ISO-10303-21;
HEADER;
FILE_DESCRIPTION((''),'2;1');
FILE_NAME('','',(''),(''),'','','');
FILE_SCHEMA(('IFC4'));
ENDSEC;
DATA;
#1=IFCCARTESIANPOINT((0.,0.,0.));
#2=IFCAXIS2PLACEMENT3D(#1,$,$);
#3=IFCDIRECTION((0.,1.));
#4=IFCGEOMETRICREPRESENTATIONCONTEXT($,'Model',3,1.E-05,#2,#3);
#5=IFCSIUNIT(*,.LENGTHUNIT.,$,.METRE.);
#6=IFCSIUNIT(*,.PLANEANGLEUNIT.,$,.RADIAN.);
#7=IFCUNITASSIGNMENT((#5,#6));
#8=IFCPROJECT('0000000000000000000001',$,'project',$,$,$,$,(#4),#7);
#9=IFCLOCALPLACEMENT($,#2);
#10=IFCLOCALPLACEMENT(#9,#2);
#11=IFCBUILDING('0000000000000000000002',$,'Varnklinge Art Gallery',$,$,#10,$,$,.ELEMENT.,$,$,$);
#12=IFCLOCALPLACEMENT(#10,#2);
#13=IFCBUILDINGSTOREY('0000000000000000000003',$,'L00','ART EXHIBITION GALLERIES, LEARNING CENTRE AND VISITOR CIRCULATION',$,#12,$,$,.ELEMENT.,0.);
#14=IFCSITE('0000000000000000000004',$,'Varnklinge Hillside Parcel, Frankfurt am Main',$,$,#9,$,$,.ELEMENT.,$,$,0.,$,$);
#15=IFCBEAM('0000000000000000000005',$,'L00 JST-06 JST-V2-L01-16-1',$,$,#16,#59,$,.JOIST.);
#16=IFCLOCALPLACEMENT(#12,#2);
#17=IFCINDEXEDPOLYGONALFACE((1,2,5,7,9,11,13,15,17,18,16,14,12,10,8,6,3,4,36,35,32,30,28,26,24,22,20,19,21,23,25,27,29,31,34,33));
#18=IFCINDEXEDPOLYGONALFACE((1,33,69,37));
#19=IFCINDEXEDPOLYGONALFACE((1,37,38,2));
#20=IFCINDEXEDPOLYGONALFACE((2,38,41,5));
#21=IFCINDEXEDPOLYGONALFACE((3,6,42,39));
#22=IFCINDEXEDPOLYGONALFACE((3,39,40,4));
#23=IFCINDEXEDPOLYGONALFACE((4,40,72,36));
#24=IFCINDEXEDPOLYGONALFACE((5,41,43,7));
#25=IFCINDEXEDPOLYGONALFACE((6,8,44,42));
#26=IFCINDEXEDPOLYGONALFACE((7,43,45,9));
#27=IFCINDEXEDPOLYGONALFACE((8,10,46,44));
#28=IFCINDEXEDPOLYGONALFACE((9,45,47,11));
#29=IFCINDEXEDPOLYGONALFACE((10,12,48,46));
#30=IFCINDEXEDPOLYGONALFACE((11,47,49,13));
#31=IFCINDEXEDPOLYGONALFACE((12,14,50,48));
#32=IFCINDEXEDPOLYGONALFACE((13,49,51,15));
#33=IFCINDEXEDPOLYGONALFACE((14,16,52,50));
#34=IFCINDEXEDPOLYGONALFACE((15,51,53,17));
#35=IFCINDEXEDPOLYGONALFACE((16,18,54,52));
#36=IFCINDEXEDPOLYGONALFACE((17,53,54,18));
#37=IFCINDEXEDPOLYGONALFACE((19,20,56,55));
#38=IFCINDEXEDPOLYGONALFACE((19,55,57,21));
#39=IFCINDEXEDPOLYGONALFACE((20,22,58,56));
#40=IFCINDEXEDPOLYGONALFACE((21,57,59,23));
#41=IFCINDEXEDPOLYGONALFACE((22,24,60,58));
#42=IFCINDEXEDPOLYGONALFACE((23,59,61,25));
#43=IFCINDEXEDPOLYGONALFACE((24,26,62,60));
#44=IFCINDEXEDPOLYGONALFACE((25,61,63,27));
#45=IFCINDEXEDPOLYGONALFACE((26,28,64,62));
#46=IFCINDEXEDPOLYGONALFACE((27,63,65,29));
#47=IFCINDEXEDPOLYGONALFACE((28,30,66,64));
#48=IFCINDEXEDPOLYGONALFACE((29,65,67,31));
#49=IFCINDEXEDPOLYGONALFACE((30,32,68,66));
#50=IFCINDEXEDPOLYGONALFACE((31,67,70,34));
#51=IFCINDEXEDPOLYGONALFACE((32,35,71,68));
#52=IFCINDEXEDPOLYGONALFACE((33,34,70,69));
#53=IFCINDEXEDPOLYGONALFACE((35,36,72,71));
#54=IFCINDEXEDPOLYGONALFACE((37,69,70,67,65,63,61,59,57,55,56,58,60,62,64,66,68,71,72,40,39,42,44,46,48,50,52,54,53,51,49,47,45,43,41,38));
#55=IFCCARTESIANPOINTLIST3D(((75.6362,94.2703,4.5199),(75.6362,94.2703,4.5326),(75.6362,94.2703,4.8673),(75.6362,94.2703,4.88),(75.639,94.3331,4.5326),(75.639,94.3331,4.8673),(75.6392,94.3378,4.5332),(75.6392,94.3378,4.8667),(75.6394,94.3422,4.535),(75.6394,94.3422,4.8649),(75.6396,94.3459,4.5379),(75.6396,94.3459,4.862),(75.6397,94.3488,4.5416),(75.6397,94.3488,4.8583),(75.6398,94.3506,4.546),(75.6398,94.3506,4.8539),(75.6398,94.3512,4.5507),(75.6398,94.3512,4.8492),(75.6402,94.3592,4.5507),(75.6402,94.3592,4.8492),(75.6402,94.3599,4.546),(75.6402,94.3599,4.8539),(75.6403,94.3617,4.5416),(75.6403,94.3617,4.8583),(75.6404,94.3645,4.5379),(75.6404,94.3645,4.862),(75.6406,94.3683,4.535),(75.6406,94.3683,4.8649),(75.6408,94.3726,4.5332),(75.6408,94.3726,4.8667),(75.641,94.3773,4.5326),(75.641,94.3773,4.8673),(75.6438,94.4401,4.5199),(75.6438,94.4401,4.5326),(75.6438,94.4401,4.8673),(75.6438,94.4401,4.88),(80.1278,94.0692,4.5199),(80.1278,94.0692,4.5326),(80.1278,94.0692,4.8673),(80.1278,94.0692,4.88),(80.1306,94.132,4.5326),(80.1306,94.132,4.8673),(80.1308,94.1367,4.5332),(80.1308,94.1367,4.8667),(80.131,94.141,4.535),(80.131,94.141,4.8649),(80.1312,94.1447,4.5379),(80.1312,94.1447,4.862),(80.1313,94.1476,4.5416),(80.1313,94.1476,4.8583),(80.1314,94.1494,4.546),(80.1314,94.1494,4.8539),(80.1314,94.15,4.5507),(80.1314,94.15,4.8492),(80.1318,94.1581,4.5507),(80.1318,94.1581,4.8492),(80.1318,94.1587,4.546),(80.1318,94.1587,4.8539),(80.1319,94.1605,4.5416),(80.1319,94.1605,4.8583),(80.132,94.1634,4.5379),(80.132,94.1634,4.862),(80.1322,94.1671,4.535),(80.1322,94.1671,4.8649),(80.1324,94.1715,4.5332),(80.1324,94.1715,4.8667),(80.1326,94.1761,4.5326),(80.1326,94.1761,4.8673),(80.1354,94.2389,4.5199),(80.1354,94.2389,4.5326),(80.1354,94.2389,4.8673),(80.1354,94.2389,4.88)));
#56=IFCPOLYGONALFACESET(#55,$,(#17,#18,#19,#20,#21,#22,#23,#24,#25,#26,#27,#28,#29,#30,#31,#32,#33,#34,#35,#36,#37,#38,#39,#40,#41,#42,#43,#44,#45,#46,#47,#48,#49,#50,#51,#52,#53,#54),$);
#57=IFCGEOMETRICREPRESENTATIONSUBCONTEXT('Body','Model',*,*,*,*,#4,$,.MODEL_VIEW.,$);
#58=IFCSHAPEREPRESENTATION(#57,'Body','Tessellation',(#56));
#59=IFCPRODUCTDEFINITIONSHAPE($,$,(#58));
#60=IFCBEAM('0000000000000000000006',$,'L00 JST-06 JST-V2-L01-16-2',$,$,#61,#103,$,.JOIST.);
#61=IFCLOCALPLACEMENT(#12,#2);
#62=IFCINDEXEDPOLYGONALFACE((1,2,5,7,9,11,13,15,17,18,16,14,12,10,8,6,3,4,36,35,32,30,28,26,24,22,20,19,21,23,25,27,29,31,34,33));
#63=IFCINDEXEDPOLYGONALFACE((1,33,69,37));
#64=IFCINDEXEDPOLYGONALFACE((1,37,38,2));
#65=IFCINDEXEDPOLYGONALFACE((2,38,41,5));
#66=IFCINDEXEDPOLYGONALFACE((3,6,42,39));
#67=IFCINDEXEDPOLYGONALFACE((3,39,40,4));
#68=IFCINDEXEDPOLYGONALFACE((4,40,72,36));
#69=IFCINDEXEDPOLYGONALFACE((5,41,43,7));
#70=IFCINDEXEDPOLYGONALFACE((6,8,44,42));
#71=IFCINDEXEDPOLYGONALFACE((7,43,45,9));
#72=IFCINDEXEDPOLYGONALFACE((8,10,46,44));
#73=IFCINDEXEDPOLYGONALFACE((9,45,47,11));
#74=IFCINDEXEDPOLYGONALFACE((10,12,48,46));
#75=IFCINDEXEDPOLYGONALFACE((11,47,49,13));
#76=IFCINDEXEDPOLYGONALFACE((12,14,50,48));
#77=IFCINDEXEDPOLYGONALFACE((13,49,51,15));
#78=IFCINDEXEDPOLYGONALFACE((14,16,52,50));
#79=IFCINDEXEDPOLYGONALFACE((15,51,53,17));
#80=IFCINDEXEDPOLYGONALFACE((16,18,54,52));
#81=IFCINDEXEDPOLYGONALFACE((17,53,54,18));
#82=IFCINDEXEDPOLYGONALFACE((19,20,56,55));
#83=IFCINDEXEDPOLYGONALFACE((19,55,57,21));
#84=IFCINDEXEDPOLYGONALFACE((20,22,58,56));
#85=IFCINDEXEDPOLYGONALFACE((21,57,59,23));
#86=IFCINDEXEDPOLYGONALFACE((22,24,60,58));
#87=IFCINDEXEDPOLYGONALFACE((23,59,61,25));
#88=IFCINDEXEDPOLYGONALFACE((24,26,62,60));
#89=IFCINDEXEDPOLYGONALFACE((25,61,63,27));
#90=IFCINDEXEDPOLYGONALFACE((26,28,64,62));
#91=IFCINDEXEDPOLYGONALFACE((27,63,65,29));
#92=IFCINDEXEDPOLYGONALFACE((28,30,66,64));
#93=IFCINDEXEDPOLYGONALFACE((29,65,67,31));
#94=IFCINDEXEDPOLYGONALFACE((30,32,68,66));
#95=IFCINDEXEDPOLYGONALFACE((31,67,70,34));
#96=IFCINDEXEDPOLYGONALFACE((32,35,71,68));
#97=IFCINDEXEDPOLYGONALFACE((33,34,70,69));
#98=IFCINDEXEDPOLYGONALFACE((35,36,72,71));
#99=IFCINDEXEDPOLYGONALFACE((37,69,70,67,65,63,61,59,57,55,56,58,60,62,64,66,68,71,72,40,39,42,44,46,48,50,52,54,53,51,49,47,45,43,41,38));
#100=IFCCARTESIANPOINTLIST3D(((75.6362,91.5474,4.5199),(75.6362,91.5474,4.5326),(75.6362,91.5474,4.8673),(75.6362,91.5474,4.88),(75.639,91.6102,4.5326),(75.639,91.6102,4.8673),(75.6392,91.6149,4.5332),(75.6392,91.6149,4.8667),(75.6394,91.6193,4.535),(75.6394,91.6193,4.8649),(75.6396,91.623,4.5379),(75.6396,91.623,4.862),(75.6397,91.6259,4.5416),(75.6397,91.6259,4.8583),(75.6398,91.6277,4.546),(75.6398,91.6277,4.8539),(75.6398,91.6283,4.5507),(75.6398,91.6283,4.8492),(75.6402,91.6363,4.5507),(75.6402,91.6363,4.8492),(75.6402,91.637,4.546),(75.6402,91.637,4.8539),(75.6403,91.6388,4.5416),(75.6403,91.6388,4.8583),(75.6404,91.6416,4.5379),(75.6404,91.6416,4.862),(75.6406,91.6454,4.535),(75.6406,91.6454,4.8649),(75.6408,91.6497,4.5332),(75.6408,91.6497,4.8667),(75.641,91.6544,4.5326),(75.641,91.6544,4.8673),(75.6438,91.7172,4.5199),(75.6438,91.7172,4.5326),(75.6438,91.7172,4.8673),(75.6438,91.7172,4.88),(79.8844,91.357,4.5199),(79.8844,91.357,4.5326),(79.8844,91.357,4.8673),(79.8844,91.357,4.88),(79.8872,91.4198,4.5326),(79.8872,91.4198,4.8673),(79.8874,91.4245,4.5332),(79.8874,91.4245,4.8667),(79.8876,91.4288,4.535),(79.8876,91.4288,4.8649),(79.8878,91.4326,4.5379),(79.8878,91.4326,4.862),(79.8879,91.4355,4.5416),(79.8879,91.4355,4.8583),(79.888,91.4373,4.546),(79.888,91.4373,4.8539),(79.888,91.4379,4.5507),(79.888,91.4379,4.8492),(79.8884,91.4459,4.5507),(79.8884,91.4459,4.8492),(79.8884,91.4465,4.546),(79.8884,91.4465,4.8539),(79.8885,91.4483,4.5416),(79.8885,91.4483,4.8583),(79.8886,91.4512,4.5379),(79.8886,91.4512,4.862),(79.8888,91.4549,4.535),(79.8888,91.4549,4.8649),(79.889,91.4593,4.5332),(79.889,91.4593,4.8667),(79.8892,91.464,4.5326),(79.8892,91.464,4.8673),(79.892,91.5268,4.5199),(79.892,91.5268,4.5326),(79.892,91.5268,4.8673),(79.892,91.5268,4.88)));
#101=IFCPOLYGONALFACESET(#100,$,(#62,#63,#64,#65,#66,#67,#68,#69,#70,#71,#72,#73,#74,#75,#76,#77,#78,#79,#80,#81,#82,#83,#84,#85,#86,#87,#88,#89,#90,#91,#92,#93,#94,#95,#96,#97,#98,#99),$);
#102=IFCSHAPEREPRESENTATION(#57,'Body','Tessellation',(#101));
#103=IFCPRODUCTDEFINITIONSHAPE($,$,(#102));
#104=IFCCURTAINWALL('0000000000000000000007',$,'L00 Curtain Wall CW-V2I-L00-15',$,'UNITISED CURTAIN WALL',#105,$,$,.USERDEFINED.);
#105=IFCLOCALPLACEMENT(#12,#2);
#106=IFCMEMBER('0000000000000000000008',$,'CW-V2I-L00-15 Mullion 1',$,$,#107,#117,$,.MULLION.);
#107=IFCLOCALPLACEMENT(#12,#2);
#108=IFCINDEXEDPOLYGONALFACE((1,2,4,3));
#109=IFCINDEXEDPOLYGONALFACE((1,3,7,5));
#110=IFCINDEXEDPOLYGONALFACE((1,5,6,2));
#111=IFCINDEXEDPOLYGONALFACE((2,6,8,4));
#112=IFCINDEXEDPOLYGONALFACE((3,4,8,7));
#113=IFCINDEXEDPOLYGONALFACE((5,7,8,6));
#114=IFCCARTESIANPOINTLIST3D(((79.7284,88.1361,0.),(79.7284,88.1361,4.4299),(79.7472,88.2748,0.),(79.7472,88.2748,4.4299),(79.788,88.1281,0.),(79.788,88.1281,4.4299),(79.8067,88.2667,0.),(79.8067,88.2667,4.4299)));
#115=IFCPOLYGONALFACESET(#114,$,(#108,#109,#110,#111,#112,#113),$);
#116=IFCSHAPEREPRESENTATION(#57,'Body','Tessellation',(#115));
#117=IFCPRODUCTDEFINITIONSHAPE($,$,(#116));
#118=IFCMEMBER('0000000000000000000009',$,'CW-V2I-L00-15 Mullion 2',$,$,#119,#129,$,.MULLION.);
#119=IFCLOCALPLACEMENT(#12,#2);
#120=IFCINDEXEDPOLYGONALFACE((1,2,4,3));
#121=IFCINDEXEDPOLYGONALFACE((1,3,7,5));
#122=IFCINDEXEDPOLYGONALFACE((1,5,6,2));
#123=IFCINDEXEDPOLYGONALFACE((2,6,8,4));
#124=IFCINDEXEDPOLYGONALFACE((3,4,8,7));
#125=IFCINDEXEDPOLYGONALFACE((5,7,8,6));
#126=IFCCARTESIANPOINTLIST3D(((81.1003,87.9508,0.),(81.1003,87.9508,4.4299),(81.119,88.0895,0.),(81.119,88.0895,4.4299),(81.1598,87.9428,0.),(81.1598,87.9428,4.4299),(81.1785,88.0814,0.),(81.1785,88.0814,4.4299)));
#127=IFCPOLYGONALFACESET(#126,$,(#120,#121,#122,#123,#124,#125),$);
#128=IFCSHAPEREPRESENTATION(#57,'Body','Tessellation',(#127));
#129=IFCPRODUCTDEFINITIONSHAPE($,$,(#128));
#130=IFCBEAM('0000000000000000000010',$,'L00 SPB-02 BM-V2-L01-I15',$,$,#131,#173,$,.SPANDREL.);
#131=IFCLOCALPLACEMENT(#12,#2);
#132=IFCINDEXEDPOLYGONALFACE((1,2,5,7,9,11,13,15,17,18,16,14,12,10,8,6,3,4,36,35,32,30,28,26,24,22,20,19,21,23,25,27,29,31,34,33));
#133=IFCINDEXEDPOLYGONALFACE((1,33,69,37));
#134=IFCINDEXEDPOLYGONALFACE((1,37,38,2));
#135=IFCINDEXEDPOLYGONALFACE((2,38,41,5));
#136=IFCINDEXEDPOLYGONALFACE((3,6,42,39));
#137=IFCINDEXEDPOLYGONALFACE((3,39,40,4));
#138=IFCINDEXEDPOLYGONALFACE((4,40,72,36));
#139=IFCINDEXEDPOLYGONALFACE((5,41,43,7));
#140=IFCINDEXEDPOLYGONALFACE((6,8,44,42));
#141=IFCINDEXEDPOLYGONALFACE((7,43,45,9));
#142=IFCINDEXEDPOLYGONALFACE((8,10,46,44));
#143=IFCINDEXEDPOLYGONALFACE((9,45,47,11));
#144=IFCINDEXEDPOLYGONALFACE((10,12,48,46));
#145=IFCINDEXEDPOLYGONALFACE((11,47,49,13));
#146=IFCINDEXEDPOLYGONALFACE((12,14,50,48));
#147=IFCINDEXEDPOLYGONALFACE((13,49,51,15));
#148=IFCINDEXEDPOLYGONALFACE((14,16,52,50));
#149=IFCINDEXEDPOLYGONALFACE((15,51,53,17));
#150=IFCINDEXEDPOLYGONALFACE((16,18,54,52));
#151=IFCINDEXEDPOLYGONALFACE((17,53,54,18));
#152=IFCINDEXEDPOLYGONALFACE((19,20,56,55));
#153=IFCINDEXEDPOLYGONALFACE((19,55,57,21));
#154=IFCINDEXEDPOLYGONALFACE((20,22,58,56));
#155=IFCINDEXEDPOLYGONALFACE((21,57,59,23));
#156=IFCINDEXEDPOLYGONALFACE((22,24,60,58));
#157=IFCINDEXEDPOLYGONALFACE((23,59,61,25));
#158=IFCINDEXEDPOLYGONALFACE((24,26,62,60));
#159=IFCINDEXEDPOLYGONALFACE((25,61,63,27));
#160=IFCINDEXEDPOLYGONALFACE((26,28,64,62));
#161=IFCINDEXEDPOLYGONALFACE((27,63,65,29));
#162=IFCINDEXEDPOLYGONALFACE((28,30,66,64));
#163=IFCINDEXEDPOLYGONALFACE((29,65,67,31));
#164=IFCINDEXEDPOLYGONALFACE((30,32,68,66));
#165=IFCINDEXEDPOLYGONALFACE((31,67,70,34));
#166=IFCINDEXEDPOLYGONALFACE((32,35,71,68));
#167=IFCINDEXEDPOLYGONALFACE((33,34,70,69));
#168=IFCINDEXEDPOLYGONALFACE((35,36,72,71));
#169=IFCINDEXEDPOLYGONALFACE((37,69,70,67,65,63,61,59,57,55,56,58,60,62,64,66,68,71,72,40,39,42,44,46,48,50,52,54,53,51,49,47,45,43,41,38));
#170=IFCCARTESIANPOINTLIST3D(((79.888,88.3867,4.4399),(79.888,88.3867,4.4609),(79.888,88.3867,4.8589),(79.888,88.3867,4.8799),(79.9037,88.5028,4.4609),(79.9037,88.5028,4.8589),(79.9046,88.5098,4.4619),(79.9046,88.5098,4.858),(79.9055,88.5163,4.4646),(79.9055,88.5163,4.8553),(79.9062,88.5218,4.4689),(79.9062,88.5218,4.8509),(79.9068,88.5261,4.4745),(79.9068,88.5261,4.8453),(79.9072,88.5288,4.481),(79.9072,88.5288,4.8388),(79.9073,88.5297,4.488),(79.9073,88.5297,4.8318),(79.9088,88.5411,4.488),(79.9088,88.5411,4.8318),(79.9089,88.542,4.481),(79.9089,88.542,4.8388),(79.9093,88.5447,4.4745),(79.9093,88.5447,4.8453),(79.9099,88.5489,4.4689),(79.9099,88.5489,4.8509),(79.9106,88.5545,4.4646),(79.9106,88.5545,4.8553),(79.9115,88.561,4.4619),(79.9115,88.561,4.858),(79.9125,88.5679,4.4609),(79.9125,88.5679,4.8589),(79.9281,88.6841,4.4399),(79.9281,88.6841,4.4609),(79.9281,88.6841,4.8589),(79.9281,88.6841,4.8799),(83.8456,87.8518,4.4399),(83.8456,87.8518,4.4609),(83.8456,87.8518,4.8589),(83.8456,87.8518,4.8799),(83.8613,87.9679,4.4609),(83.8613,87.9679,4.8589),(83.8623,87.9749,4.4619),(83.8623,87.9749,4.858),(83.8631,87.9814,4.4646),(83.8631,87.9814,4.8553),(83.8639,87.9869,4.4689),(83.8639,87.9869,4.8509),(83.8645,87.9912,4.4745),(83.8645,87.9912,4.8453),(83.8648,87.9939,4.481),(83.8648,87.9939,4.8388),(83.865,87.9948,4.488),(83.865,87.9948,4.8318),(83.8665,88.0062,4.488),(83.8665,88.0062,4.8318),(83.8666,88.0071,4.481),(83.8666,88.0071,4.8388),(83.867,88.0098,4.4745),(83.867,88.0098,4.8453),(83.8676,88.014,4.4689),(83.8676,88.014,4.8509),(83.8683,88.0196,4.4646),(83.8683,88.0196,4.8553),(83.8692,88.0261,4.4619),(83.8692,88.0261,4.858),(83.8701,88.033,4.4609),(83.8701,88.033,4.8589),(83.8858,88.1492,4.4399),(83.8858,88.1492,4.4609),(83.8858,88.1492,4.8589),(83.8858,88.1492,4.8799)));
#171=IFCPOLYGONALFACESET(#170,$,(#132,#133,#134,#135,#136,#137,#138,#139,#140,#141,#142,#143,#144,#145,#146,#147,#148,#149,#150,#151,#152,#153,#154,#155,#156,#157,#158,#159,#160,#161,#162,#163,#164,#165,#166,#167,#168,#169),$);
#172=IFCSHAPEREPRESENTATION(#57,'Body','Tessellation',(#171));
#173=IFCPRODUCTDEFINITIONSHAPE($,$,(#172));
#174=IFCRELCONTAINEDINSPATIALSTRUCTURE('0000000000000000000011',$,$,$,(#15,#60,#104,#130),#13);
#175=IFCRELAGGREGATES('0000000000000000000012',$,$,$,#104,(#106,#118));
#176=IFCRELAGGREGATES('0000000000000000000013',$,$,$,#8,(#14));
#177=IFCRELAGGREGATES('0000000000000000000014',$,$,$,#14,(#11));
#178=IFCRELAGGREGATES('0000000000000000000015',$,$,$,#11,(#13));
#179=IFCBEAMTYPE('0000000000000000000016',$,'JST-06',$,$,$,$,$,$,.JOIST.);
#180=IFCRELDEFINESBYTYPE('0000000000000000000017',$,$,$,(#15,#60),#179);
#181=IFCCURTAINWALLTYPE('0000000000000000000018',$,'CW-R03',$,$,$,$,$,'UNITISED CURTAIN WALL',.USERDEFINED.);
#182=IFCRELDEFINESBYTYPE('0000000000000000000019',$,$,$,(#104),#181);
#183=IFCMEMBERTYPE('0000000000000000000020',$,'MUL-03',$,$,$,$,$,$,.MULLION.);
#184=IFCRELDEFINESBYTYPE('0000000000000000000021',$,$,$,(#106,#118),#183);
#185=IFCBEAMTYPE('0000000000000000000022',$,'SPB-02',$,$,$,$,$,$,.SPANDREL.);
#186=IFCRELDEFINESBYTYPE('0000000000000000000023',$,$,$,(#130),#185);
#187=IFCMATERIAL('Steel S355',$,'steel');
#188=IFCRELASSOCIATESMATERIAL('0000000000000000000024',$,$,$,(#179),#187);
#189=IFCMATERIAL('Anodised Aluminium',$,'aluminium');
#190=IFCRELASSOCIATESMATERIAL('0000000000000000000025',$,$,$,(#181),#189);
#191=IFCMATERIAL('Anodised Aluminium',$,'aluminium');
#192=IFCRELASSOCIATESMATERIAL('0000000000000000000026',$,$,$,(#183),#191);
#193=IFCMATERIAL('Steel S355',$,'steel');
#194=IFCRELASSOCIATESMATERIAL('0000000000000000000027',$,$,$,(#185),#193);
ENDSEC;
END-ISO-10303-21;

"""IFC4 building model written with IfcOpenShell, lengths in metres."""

from ifc_helpers import new_model, si_unit, direction, frame, origin, origin_2d, place, context, subcontext, project, spatial, rectangle, i_section, extrude, material, material_profile, profile_set, type_object, element, aggregate, save


model = new_model("IFC4")

# Units and contexts
model_context = context("Model", 3, precision=1e-05, world=origin(), true_north=direction((0.0, 1.0)))
body_context = subcontext(model_context, "Body", "Model", "MODEL_VIEW")
ifc_project = project(units=[si_unit("LENGTHUNIT", "METRE"), si_unit("PLANEANGLEUNIT", "RADIAN")], contexts=[model_context])

# Site, building, storey
site_placement = place(None, origin())
site = spatial("IfcSite", under=ifc_project, at=site_placement, Name="Varnklinge Hillside Parcel, Frankfurt am Main", CompositionType="ELEMENT", RefElevation=0.0)
building_placement = place(site_placement, origin())
building = spatial("IfcBuilding", under=site, at=building_placement, Name="Varnklinge Art Gallery", CompositionType="ELEMENT")
storey_placement = place(building_placement, origin())
storey = spatial("IfcBuildingStorey", under=building, at=storey_placement, Name="L00", Description="ART EXHIBITION GALLERIES, LEARNING CENTRE AND VISITOR CIRCULATION", CompositionType="ELEMENT", Elevation=0.0)

# Beams
ifc_material_1 = material(Name="Steel S355", Category="steel")
ifc_material_profile_1 = material_profile(ifc_material_1, i_section(OverallWidth=0.1699, OverallDepth=0.3601, WebThickness=0.0081, FlangeThickness=0.0127, FilletRadius=0.0181, at=origin_2d()), Name="IPE 360")
ifc_profile_set_1 = profile_set([ifc_material_profile_1], Name="Steel S355")
beam_type_1 = type_object("IfcBeamType", Name="JST-06", PredefinedType="JOIST", material=ifc_profile_set_1)
beam_1_placement = place(storey_placement, frame((80.1316, 94.1541, 4.7), z_axis=(-0.998999, 0.044743, 0.0), x_axis=(-0.044743, -0.998999, 0.0)))
element("IfcBeam", 1, at=beam_1_placement, inside=storey, type_object=beam_type_1, Name="L00 JST-06 JST-V2-L01-16-1", PredefinedType="JOIST", context=body_context, shape_type="SweptSolid", body=[
    extrude(i_section(OverallWidth=0.1699, OverallDepth=0.3601, WebThickness=0.0081, FlangeThickness=0.0127, FilletRadius=0.0181, at=origin_2d()), origin(), (0.0, 0.0, 1.0), 4.4961),
])
beam_2_placement = place(storey_placement, frame((79.8882, 91.4419, 4.7), z_axis=(-0.998997, 0.04478, 0.0), x_axis=(-0.04478, -0.998997, 0.0)))
element("IfcBeam", 2, at=beam_2_placement, inside=storey, type_object=beam_type_1, Name="L00 JST-06 JST-V2-L01-16-2", PredefinedType="JOIST", context=body_context, shape_type="SweptSolid", body=[
    extrude(i_section(OverallWidth=0.1699, OverallDepth=0.3601, WebThickness=0.0081, FlangeThickness=0.0127, FilletRadius=0.0181, at=origin_2d()), origin(), (0.0, 0.0, 1.0), 4.2524),
])

# Curtain wall, members
ifc_material_2 = material(Name="Anodised Aluminium", Category="aluminium")
curtain_wall_type = type_object("IfcCurtainWallType", Name="CW-R03", ElementType="UNITISED CURTAIN WALL", PredefinedType="USERDEFINED", material=ifc_material_2)
curtain_wall_1_placement = place(storey_placement, origin())
curtain_wall_1 = element("IfcCurtainWall", 3, at=curtain_wall_1_placement, inside=storey, type_object=curtain_wall_type, Name="L00 Curtain Wall CW-V2I-L00-15", ObjectType="UNITISED CURTAIN WALL", PredefinedType="USERDEFINED")
ifc_material_3 = material(Name="Anodised Aluminium", Category="aluminium")
ifc_material_profile_2 = material_profile(ifc_material_3, rectangle(XDim=0.0601, YDim=0.1399, at=origin_2d()), Name="ALU 60x140")
ifc_profile_set_2 = profile_set([ifc_material_profile_2], Name="Anodised Aluminium")
member_type_1 = type_object("IfcMemberType", Name="MUL-03", PredefinedType="MULLION", material=ifc_profile_set_2)
member_1_placement = place(storey_placement, frame((79.7676, 88.2014, 0.0), z_axis=(0.0, 0.0, 1.0), x_axis=(0.990983, -0.133986, 0.0)))
member_1 = element("IfcMember", 4, at=member_1_placement, type_object=member_type_1, Name="CW-V2I-L00-15 Mullion 1", PredefinedType="MULLION", context=body_context, shape_type="SweptSolid", body=[
    extrude(rectangle(XDim=0.0601, YDim=0.1399, at=origin_2d()), origin(), (0.0, 0.0, 1.0), 4.4299),
])
member_2_placement = place(storey_placement, frame((81.1394, 88.0161, 0.0), z_axis=(0.0, 0.0, 1.0), x_axis=(0.990983, -0.133986, 0.0)))
member_2 = element("IfcMember", 5, at=member_2_placement, type_object=member_type_1, Name="CW-V2I-L00-15 Mullion 2", PredefinedType="MULLION", context=body_context, shape_type="SweptSolid", body=[
    extrude(rectangle(XDim=0.0601, YDim=0.1399, at=origin_2d()), origin(), (0.0, 0.0, 1.0), 4.4299),
])

# Beam
ifc_material_4 = material(Name="Steel S355", Category="steel")
ifc_material_profile_3 = material_profile(ifc_material_4, i_section(OverallWidth=0.3, OverallDepth=0.4399, WebThickness=0.0115, FlangeThickness=0.021, FilletRadius=0.0271, at=origin_2d()), Name="HEA 450")
ifc_profile_set_3 = profile_set([ifc_material_profile_3], Name="Steel S355")
beam_type_2 = type_object("IfcBeamType", Name="SPB-02", PredefinedType="SPANDREL", material=ifc_profile_set_3)
beam_3_placement = place(storey_placement, frame((83.8657, 88.0005, 4.6599), z_axis=(-0.99099, 0.133937, 0.0), x_axis=(-0.133937, -0.99099, 0.0)))
element("IfcBeam", 6, at=beam_3_placement, inside=storey, type_object=beam_type_2, Name="L00 SPB-02 BM-V2-L01-I15", PredefinedType="SPANDREL", context=body_context, shape_type="SweptSolid", body=[
    extrude(i_section(OverallWidth=0.3, OverallDepth=0.4399, WebThickness=0.0115, FlangeThickness=0.021, FilletRadius=0.0271, at=origin_2d()), origin(), (0.0, 0.0, 1.0), 3.9937),
])

aggregate(curtain_wall_1, [member_1, member_2])

save(model, "model.ifc")
